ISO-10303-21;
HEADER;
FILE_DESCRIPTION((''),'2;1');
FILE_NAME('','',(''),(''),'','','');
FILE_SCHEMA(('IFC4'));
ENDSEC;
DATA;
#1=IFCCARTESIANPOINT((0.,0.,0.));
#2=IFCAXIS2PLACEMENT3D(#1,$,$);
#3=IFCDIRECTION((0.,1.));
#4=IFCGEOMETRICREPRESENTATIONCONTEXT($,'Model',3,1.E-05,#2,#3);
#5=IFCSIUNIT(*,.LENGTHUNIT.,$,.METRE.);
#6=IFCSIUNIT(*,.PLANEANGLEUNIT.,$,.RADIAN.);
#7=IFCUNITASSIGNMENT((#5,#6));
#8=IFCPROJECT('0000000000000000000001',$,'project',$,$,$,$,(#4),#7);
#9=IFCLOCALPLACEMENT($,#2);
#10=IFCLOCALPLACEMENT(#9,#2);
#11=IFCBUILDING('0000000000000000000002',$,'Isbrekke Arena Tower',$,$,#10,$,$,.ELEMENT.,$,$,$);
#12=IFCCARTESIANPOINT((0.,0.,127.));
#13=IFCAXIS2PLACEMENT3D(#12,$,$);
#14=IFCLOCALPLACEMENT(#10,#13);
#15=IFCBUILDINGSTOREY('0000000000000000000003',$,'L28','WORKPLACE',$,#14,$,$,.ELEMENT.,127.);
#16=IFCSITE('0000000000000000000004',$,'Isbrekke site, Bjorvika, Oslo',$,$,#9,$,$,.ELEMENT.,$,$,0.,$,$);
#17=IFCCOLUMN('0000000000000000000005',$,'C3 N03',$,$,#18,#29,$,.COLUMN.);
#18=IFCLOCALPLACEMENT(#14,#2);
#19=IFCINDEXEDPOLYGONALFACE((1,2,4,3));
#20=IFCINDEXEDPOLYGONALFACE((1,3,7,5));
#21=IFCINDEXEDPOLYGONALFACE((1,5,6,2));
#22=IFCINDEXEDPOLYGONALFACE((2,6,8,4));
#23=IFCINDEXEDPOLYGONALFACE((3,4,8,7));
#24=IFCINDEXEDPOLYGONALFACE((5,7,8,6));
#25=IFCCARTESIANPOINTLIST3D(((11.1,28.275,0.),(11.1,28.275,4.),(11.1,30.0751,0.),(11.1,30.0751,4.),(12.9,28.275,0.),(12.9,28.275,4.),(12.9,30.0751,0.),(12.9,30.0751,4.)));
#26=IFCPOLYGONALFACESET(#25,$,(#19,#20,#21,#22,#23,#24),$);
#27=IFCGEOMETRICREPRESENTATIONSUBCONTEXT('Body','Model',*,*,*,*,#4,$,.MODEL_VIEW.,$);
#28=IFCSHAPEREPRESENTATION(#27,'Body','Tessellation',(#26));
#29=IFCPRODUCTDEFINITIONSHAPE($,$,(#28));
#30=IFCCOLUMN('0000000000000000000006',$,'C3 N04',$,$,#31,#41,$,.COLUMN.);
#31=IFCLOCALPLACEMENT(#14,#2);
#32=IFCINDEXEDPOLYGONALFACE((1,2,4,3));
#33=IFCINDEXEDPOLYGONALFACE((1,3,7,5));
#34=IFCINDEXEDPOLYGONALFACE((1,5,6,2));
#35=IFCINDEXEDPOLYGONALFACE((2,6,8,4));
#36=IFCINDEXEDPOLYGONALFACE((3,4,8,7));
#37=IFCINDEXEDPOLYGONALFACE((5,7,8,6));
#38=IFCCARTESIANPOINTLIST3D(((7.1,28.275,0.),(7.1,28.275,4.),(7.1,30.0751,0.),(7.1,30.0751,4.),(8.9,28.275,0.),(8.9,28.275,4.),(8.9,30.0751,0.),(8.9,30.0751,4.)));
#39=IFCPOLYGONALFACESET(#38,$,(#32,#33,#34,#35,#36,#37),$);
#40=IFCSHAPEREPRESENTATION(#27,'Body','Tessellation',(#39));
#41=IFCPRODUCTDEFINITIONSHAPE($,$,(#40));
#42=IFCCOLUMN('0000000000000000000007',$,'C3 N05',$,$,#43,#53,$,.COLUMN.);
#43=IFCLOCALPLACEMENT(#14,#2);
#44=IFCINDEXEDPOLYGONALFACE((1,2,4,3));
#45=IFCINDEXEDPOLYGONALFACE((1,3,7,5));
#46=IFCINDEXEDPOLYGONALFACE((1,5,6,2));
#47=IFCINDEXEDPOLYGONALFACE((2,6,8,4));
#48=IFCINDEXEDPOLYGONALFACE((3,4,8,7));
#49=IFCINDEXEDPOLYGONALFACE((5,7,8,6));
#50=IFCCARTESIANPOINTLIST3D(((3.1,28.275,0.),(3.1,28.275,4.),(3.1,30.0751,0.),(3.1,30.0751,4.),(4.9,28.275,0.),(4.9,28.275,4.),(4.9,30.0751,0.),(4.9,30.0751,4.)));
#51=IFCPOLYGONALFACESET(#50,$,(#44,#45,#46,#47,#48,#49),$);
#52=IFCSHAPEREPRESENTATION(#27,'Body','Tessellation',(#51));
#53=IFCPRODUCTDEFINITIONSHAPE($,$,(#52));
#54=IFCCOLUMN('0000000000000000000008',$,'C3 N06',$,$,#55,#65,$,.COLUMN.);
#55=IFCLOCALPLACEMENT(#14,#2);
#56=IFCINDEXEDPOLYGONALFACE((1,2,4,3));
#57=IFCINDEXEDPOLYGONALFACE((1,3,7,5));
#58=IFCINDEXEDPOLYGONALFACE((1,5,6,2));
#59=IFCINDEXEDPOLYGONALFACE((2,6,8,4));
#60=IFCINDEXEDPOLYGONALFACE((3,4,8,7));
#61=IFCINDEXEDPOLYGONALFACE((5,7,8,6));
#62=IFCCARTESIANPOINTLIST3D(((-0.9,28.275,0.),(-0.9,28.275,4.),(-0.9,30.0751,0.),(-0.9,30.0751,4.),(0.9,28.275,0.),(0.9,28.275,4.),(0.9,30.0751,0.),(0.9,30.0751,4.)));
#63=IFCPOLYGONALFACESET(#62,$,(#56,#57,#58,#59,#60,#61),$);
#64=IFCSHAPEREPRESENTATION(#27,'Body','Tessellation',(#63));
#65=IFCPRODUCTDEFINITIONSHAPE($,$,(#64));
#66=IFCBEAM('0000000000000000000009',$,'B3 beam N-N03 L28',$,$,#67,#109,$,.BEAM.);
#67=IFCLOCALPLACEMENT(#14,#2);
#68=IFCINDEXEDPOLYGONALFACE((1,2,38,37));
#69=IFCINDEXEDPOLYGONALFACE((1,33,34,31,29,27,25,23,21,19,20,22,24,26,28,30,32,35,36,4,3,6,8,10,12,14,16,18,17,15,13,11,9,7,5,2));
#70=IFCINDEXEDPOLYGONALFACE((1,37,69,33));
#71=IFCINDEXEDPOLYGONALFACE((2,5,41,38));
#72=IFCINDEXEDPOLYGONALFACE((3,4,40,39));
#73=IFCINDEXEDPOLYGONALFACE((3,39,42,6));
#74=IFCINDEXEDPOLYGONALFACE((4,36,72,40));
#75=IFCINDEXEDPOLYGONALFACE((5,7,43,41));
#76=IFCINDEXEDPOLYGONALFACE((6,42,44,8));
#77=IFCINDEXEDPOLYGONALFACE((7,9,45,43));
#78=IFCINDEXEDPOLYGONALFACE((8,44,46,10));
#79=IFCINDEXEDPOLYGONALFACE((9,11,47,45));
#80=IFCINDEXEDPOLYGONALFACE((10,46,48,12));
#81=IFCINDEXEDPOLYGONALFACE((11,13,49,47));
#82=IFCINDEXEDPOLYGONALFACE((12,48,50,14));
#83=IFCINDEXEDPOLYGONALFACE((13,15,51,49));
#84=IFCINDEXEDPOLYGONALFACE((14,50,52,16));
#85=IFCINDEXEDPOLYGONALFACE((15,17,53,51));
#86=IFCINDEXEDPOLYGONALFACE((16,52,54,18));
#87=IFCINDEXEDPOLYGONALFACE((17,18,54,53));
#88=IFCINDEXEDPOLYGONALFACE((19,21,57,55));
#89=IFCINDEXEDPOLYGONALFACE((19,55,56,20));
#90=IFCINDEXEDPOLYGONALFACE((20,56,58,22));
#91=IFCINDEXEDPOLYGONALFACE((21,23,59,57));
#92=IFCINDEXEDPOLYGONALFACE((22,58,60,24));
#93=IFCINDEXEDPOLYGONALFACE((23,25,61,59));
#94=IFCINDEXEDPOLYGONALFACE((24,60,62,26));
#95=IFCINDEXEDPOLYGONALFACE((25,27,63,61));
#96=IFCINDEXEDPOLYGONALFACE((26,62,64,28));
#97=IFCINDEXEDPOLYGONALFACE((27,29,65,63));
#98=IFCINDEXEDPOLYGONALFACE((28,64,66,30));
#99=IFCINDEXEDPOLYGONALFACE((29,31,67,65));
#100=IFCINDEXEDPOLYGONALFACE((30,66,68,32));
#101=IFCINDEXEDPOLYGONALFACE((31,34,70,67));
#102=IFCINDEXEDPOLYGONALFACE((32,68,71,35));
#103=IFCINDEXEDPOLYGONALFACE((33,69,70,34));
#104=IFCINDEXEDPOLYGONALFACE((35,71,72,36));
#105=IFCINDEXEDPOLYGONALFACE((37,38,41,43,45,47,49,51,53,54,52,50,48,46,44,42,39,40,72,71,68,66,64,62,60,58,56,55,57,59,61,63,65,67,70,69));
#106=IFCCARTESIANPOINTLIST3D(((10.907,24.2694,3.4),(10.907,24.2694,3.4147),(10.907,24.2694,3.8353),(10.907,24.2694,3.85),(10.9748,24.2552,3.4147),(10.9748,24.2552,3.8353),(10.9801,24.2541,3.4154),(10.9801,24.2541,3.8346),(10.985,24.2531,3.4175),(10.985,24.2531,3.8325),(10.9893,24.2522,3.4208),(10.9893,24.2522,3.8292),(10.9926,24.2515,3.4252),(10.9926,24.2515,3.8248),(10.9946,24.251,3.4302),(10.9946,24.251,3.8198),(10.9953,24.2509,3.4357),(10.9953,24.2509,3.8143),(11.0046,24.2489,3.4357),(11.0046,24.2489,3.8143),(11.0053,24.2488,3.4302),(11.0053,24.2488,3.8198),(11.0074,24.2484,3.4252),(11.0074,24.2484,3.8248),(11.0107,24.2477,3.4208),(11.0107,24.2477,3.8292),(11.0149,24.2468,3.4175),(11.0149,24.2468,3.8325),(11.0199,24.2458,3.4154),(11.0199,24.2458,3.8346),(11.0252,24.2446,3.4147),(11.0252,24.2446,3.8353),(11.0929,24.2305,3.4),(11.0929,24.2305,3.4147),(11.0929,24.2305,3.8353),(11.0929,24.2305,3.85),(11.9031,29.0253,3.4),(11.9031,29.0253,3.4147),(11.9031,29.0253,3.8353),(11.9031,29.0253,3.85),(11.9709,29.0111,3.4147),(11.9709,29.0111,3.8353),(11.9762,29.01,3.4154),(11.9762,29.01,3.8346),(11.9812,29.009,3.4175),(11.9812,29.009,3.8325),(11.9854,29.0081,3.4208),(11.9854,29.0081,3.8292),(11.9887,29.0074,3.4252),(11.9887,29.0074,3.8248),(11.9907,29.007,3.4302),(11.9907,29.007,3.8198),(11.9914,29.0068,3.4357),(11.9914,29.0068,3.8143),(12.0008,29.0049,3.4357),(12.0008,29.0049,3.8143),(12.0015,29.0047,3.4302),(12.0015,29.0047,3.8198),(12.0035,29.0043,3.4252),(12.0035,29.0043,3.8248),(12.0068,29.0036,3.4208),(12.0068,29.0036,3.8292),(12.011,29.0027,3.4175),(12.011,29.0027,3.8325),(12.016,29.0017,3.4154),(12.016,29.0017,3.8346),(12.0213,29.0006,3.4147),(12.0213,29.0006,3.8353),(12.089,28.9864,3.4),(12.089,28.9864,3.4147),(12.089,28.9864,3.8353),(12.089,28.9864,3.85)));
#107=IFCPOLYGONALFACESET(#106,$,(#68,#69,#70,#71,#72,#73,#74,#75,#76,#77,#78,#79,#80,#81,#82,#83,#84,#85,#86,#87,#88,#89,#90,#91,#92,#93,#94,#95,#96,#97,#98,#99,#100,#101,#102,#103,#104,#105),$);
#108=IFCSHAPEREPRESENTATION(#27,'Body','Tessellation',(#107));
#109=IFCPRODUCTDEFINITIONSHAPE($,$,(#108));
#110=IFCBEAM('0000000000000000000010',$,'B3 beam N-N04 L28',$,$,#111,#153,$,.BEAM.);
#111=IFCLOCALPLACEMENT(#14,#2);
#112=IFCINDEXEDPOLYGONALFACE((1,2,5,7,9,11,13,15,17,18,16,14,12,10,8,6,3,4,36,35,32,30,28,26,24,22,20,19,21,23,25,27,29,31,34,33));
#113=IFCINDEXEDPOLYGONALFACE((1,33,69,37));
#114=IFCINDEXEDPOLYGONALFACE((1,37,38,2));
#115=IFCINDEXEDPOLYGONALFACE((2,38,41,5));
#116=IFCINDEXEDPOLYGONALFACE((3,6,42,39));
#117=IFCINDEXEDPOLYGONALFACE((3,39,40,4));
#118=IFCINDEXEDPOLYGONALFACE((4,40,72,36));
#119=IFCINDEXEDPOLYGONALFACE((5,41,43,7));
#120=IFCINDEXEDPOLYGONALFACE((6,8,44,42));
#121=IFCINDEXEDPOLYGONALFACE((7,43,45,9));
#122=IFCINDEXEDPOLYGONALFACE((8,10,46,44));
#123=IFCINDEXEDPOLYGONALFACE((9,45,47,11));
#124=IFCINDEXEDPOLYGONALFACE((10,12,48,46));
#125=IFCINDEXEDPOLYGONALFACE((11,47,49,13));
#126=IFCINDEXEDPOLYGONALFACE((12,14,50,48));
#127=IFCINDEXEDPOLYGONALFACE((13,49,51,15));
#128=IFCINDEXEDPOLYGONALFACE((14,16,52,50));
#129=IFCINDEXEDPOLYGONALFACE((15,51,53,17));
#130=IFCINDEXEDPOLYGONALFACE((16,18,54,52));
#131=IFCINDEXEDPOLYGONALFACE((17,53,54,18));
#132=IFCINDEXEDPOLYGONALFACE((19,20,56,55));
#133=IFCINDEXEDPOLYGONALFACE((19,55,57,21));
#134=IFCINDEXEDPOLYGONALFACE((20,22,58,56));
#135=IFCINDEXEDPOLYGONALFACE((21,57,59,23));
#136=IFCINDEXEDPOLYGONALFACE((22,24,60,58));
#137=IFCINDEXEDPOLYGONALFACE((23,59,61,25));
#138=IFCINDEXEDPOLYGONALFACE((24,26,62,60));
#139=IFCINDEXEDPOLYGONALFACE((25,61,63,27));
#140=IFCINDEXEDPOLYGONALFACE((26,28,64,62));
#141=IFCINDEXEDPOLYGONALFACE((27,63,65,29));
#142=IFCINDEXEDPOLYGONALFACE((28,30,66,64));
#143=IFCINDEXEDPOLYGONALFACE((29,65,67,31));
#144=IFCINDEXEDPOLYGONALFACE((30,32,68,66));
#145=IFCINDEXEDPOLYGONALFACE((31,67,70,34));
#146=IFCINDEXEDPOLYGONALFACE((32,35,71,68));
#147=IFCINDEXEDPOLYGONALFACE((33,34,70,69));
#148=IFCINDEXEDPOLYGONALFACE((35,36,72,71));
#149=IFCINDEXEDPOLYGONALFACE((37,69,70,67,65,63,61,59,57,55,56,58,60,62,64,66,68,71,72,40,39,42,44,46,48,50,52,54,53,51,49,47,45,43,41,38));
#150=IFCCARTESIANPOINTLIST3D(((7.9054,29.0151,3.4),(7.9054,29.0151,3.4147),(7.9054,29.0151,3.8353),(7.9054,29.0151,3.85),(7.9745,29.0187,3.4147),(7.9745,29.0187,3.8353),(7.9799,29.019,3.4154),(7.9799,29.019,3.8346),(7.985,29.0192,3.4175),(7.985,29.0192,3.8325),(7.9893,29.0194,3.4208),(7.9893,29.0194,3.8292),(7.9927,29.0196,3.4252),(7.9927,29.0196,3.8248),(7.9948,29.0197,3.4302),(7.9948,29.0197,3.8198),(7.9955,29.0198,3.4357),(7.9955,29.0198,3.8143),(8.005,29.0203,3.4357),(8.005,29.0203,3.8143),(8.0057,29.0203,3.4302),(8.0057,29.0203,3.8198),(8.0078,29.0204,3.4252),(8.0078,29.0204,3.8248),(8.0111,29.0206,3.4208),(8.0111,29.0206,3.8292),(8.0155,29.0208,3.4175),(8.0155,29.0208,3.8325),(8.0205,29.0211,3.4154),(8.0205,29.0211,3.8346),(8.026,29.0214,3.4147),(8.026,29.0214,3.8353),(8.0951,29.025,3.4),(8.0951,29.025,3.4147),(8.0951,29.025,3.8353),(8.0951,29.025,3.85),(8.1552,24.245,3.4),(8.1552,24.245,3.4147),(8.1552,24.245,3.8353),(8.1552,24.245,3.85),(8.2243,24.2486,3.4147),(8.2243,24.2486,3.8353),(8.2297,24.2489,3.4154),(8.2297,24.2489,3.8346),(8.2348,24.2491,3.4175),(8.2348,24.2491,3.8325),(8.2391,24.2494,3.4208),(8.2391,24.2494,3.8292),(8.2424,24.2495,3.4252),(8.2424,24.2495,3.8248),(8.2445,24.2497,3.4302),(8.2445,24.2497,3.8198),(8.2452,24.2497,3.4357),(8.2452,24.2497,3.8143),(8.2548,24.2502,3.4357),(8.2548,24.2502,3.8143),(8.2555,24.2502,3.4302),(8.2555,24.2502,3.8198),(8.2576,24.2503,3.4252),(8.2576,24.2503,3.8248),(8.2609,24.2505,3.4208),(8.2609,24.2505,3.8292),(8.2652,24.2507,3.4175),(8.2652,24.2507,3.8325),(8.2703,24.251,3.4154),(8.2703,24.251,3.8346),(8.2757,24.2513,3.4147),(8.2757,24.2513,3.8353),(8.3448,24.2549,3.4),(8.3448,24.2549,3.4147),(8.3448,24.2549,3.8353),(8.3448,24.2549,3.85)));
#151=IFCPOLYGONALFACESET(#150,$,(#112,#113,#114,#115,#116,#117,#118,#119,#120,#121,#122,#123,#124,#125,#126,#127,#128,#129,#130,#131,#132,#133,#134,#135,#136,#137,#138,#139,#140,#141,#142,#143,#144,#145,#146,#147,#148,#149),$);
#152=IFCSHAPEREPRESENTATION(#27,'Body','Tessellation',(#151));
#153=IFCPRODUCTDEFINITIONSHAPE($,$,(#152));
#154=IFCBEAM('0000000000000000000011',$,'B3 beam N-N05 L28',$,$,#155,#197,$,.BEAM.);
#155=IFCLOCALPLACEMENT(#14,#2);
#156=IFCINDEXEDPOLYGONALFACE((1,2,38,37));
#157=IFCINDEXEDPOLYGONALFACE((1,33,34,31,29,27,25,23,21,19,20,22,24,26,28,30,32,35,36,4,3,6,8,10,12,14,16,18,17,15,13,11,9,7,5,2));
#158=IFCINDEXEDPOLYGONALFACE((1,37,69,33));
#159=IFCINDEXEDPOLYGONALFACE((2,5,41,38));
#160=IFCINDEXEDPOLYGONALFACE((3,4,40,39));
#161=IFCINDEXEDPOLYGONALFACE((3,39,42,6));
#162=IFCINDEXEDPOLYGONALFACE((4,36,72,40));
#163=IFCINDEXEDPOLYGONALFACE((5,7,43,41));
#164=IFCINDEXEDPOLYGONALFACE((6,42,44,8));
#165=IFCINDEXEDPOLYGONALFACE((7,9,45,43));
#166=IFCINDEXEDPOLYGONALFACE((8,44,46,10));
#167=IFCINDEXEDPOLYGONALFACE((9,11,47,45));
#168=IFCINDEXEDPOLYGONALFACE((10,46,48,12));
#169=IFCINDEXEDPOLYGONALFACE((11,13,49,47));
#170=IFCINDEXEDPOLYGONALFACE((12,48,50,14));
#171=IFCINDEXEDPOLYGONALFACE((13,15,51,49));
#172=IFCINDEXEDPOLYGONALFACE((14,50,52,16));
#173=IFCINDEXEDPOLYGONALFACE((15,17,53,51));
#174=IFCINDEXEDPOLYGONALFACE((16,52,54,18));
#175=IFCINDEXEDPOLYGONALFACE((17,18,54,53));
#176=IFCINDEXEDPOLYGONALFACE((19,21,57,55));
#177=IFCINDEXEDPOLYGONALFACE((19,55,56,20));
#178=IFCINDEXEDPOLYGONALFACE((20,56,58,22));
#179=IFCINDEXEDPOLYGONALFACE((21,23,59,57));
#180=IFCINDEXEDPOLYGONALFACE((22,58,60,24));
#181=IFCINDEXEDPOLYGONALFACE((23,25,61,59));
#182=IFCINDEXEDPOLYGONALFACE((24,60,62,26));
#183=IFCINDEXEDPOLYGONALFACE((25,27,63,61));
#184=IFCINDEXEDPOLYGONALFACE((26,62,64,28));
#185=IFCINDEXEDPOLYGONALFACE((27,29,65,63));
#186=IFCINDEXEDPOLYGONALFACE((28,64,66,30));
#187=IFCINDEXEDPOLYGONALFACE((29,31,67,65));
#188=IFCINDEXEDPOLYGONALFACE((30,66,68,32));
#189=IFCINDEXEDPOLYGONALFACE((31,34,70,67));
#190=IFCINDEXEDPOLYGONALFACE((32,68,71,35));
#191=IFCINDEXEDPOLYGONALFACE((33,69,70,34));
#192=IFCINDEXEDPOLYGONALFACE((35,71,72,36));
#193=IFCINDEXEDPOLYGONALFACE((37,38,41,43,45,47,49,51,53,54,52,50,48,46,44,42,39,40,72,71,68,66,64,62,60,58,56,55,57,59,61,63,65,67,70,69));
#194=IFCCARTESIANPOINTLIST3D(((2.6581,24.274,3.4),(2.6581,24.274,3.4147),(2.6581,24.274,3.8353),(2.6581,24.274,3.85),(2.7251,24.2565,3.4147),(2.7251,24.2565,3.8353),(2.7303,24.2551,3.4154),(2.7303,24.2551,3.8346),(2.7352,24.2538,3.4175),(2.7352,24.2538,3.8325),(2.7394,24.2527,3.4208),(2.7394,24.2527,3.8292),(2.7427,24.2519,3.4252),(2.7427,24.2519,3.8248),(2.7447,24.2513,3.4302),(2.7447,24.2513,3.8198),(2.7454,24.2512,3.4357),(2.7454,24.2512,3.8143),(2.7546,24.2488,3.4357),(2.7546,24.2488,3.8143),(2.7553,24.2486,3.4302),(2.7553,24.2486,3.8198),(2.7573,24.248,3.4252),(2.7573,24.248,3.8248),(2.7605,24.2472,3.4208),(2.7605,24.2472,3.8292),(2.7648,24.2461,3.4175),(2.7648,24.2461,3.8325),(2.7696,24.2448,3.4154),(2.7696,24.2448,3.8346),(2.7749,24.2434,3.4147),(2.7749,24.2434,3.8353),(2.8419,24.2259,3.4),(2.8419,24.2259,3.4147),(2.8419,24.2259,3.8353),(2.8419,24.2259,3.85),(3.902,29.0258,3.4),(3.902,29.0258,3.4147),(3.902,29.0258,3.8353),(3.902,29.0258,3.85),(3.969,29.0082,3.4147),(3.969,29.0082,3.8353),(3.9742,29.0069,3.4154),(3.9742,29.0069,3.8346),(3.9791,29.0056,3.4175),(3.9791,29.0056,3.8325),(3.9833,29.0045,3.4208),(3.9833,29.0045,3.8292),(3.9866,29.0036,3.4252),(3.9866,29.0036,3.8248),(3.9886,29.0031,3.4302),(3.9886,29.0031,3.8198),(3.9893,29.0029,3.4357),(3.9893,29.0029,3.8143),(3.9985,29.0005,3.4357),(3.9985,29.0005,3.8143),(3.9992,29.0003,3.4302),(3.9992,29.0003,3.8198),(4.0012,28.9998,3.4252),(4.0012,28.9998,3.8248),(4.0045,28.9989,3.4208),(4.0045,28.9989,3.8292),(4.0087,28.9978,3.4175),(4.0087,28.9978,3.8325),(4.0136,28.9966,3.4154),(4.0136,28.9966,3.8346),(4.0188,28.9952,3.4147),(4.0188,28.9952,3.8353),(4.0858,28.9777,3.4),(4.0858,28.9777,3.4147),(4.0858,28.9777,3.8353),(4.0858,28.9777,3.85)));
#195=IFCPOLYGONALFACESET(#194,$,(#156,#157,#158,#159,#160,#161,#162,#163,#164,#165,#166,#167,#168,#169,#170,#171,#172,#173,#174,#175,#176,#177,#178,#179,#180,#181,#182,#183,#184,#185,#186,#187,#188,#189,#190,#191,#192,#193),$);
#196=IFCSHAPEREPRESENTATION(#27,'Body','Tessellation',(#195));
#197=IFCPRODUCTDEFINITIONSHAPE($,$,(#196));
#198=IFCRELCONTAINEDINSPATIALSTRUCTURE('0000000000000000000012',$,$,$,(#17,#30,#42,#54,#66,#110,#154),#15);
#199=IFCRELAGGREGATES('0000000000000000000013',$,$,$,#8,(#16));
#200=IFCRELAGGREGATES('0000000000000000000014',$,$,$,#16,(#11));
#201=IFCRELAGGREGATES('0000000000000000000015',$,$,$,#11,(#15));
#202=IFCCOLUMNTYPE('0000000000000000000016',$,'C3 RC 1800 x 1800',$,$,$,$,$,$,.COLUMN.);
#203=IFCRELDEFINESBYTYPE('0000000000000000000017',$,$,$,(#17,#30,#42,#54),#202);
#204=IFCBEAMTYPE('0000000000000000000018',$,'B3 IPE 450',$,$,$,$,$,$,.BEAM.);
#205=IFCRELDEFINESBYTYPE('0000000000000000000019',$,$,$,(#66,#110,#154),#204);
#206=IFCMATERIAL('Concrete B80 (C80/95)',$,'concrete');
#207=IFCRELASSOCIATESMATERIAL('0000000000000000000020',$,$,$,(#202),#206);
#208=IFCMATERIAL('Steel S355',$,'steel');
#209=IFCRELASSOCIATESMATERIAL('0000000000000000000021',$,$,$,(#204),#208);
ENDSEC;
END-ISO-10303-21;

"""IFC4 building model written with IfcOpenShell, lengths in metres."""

from ifc_helpers import new_model, si_unit, direction, frame, origin, origin_2d, place, context, subcontext, project, spatial, rectangle, i_section, extrude, material, material_profile, profile_set, type_object, element, save


model = new_model("IFC4")

# Units and contexts
model_context = context("Model", 3, precision=1e-05, world=origin(), true_north=direction((0.0, 1.0)))
body_context = subcontext(model_context, "Body", "Model", "MODEL_VIEW")
ifc_project = project(units=[si_unit("LENGTHUNIT", "METRE"), si_unit("PLANEANGLEUNIT", "RADIAN")], contexts=[model_context])

# Site, building, storey
site_placement = place(None, origin())
site = spatial("IfcSite", under=ifc_project, at=site_placement, Name="Isbrekke site, Bjorvika, Oslo", CompositionType="ELEMENT", RefElevation=0.0)
building_placement = place(site_placement, origin())
building = spatial("IfcBuilding", under=site, at=building_placement, Name="Isbrekke Arena Tower", CompositionType="ELEMENT")
storey_placement = place(building_placement, frame((0.0, 0.0, 127.0)))
storey = spatial("IfcBuildingStorey", under=building, at=storey_placement, Name="L28", Description="WORKPLACE", CompositionType="ELEMENT", Elevation=127.0)

# Columns
ifc_material_1 = material(Name="Concrete B80 (C80/95)", Category="concrete")
ifc_material_profile_1 = material_profile(ifc_material_1, rectangle(XDim=1.8, YDim=1.8, at=origin_2d()), Name="RC 1800x1800")
ifc_profile_set_1 = profile_set([ifc_material_profile_1], Name="Concrete B80 (C80/95)")
column_type = type_object("IfcColumnType", Name="C3 RC 1800 x 1800", PredefinedType="COLUMN", material=ifc_profile_set_1)
for number, where, z_axis, x_axis, name in (
    (1, (12.0, 29.175, 0.0), (0.0, 0.0, 1.0), (-1.0, 0.0, 0.0), "C3 N03"),
    (2, (8.0, 29.175, 0.0), (0.0, 0.0, 1.0), (-1.0, 0.0, 0.0), "C3 N04"),
    (3, (4.0, 29.175, 0.0), (0.0, 0.0, 1.0), (-1.0, 0.0, 0.0), "C3 N05"),
    (4, (0.0, 29.175, 0.0), (0.0, 0.0, 1.0), (-1.0, 0.0, 0.0), "C3 N06"),
):
    element("IfcColumn", number, at=place(storey_placement, frame(where, z_axis=z_axis, x_axis=x_axis)), inside=storey, type_object=column_type, Name=name, PredefinedType="COLUMN", context=body_context, shape_type="SweptSolid", body=[
        extrude(rectangle(XDim=1.8, YDim=1.8, at=origin_2d()), origin(), (0.0, 0.0, 1.0), 4.0),
    ])

# Beams
ifc_material_2 = material(Name="Steel S355", Category="steel")
ifc_material_profile_2 = material_profile(ifc_material_2, i_section(OverallWidth=0.1899, OverallDepth=0.45, WebThickness=0.0095, FlangeThickness=0.0146, FilletRadius=0.021, at=origin_2d()), Name="IPE 450")
ifc_profile_set_2 = profile_set([ifc_material_profile_2], Name="Steel S355")
beam_type_1 = type_object("IfcBeamType", Name="B3 IPE 450", PredefinedType="BEAM", material=ifc_profile_set_2)
beam_1_placement = place(storey_placement, frame((11.9961, 29.0059, 3.625), z_axis=(-0.204997, -0.978762, 0.0), x_axis=(0.978762, -0.204997, 0.0)))
element("IfcBeam", 5, at=beam_1_placement, inside=storey, type_object=beam_type_1, Name="B3 beam N-N03 L28", PredefinedType="BEAM", context=body_context, shape_type="SweptSolid", body=[
    extrude(i_section(OverallWidth=0.1899, OverallDepth=0.45, WebThickness=0.0095, FlangeThickness=0.0146, FilletRadius=0.021, at=origin_2d()), origin(), (0.0, 0.0, 1.0), 4.8591),
])
beam_2_placement = place(storey_placement, frame((8.0002, 29.02, 3.625), z_axis=(0.052288, -0.998632, 0.0), x_axis=(0.998632, 0.052288, 0.0)))
element("IfcBeam", 6, at=beam_2_placement, inside=storey, type_object=beam_type_1, Name="B3 beam N-N04 L28", PredefinedType="BEAM", context=body_context, shape_type="SweptSolid", body=[
    extrude(i_section(OverallWidth=0.1899, OverallDepth=0.45, WebThickness=0.0095, FlangeThickness=0.0146, FilletRadius=0.021, at=origin_2d()), origin(), (0.0, 0.0, 1.0), 4.7766),
])
beam_3_placement = place(storey_placement, frame((3.9939, 29.0017, 3.625), z_axis=(-0.253245, -0.967402, 0.0), x_axis=(0.967402, -0.253245, 0.0)))
element("IfcBeam", 7, at=beam_3_placement, inside=storey, type_object=beam_type_1, Name="B3 beam N-N05 L28", PredefinedType="BEAM", context=body_context, shape_type="SweptSolid", body=[
    extrude(i_section(OverallWidth=0.1899, OverallDepth=0.45, WebThickness=0.0095, FlangeThickness=0.0146, FilletRadius=0.021, at=origin_2d()), origin(), (0.0, 0.0, 1.0), 4.9119),
])

save(model, "model.ifc")
